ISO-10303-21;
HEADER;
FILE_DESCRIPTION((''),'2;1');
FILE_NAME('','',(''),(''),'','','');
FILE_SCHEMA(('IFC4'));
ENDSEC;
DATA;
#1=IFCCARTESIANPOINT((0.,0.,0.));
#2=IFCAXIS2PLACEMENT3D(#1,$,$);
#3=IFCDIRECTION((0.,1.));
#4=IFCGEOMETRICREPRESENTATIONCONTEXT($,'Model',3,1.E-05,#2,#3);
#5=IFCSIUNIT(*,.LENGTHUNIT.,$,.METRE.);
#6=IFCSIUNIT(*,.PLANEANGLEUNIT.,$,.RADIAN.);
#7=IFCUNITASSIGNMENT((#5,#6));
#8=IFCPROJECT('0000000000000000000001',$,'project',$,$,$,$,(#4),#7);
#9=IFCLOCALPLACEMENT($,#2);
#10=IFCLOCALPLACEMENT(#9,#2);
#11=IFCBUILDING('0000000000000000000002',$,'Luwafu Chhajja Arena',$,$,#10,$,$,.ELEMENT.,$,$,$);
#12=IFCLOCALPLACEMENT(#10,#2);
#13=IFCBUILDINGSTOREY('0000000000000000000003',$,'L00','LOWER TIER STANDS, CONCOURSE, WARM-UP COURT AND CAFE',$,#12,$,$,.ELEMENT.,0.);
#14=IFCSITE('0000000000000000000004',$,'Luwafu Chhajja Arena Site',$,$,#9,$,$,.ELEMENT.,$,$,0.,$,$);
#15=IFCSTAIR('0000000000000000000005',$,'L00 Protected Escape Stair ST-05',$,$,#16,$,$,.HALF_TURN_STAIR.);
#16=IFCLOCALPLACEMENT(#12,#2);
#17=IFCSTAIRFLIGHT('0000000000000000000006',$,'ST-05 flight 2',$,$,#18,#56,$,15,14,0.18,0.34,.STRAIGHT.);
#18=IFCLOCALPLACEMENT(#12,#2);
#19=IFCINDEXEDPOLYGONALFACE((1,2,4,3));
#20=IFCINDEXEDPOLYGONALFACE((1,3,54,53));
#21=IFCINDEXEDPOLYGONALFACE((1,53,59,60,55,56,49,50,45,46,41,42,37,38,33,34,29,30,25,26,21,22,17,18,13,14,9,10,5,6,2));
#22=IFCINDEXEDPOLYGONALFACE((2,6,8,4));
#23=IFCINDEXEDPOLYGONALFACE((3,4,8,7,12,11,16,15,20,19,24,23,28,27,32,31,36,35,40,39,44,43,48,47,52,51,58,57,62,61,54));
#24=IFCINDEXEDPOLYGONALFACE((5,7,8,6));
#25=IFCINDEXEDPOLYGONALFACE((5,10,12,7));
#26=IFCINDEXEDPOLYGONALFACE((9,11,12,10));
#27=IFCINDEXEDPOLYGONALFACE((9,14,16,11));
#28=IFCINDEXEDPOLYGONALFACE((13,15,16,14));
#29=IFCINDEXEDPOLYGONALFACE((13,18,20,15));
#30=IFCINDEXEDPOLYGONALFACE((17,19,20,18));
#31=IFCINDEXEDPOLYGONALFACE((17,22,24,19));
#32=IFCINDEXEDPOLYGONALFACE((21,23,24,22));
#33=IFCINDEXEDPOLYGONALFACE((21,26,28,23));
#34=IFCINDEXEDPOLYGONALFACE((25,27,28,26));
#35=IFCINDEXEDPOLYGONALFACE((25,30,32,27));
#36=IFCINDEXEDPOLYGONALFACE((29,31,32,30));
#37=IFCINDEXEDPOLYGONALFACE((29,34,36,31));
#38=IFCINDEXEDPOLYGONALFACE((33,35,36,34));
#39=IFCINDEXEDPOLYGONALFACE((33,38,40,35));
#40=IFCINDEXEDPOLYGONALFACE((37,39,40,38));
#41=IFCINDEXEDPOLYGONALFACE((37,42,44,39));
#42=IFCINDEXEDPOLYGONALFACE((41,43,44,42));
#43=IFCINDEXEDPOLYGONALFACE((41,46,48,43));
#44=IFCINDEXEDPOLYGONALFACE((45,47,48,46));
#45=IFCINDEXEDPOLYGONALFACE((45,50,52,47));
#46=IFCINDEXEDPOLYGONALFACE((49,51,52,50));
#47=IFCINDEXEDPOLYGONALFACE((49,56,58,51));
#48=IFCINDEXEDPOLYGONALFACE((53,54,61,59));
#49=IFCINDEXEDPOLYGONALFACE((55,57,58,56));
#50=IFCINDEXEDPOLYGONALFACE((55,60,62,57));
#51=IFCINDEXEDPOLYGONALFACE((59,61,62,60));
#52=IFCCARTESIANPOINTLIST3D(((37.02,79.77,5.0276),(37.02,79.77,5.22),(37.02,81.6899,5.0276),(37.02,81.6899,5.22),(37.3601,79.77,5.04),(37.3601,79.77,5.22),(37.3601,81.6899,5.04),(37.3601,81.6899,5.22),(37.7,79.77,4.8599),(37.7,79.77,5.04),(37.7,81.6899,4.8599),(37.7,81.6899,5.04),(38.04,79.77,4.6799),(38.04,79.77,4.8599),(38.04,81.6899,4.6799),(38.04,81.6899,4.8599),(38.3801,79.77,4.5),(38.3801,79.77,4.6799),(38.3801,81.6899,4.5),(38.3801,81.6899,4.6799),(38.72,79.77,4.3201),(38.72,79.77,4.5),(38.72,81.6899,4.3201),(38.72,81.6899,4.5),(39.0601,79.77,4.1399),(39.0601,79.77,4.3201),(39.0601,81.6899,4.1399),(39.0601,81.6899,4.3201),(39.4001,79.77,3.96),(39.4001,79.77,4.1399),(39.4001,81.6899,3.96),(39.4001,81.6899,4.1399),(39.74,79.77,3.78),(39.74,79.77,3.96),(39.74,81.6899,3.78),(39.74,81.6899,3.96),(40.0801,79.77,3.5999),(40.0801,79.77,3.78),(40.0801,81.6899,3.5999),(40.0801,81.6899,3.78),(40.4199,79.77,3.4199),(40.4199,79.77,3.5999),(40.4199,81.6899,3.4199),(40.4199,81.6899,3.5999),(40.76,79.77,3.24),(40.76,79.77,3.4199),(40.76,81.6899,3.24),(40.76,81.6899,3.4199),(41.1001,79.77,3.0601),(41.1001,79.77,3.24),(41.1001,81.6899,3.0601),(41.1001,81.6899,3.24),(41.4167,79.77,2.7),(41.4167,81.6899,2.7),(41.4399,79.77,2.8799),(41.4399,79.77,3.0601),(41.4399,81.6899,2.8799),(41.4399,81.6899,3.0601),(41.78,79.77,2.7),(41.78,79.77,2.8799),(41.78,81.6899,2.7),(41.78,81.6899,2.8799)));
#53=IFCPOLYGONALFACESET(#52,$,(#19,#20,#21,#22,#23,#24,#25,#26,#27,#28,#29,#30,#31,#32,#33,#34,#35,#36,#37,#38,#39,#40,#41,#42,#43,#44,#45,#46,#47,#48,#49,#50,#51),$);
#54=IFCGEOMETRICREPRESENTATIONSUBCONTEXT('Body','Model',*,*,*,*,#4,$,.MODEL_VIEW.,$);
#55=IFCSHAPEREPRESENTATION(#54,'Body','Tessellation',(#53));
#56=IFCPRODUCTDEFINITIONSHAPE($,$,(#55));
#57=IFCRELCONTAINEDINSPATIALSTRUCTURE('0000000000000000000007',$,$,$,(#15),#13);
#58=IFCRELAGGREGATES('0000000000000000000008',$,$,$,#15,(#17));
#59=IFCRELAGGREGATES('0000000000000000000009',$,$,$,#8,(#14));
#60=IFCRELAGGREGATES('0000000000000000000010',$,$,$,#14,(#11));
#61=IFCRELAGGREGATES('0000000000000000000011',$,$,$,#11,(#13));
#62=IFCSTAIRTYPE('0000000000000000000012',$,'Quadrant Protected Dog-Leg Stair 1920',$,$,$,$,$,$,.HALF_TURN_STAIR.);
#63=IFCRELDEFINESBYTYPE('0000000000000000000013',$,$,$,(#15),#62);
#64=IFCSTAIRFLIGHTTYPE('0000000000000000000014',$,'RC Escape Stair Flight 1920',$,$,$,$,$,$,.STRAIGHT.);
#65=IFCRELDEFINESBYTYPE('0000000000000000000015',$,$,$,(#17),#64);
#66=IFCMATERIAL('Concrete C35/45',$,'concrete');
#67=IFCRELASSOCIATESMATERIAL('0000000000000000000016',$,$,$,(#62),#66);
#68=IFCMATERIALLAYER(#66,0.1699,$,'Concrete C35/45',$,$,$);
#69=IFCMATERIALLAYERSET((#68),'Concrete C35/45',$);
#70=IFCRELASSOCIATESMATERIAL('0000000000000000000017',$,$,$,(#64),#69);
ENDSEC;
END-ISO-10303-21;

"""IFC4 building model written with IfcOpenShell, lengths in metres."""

from ifc_helpers import new_model, si_unit, direction, frame, origin, place, context, subcontext, project, spatial, polyline, outline, extrude, material, layer, layer_set, type_object, element, aggregate, save


model = new_model("IFC4")

# Units and contexts
model_context = context("Model", 3, precision=1e-05, world=origin(), true_north=direction((0.0, 1.0)))
body_context = subcontext(model_context, "Body", "Model", "MODEL_VIEW")
ifc_project = project(units=[si_unit("LENGTHUNIT", "METRE"), si_unit("PLANEANGLEUNIT", "RADIAN")], contexts=[model_context])

# Site, building, storey
site_placement = place(None, origin())
site = spatial("IfcSite", under=ifc_project, at=site_placement, Name="Luwafu Chhajja Arena Site", CompositionType="ELEMENT", RefElevation=0.0)
building_placement = place(site_placement, origin())
building = spatial("IfcBuilding", under=site, at=building_placement, Name="Luwafu Chhajja Arena", CompositionType="ELEMENT")
storey_placement = place(building_placement, origin())
storey = spatial("IfcBuildingStorey", under=building, at=storey_placement, Name="L00", Description="LOWER TIER STANDS, CONCOURSE, WARM-UP COURT AND CAFE", CompositionType="ELEMENT", Elevation=0.0)

# Stair, stair flight
ifc_material_1 = material(Name="Concrete C35/45", Category="concrete")
stair_type = type_object("IfcStairType", Name="Quadrant Protected Dog-Leg Stair 1920", PredefinedType="HALF_TURN_STAIR", material=ifc_material_1)
stair_placement = place(storey_placement, origin())
stair = element("IfcStair", 1, at=stair_placement, inside=storey, type_object=stair_type, Name="L00 Protected Escape Stair ST-05", PredefinedType="HALF_TURN_STAIR")
ifc_layer_1 = layer(ifc_material_1, 0.1699, Name="Concrete C35/45")
ifc_layer_set_1 = layer_set([ifc_layer_1], Name="Concrete C35/45")
stair_flight_type = type_object("IfcStairFlightType", Name="RC Escape Stair Flight 1920", PredefinedType="STRAIGHT", material=ifc_layer_set_1)
stair_flight_1_placement = place(storey_placement, frame((41.78, 80.73, 2.7), z_axis=(0.0, 0.0, 1.0), x_axis=(-1.0, 0.0, 0.0)))
stair_flight_1 = element("IfcStairFlight", 2, at=stair_flight_1_placement, type_object=stair_flight_type, Name="ST-05 flight 2", NumberOfRisers=15, NumberOfTreads=14, PredefinedType="STRAIGHT", RiserHeight=0.18, TreadLength=0.34, context=body_context, shape_type="SweptSolid", body=[
    extrude(outline(polyline([(0.0, 0.0), (0.0, 0.1799), (0.3401, 0.1799), (0.3401, 0.3601), (0.6799, 0.3601), (0.6799, 0.54), (1.02, 0.54), (1.02, 0.72), (1.3601, 0.72), (1.3601, 0.8999), (1.7, 0.8999), (1.7, 1.0801), (2.04, 1.0801), (2.04, 1.26), (2.3799, 1.26), (2.3799, 1.4399), (2.72, 1.4399), (2.72, 1.6201), (3.0601, 1.6201), (3.0601, 1.8), (3.3999, 1.8), (3.3999, 1.98), (3.74, 1.98), (3.74, 2.1599), (4.0801, 2.1599), (4.0801, 2.3401), (4.4199, 2.3401), (4.4199, 2.52), (4.76, 2.52), (4.76, 2.7), (4.76, 2.3276), (0.3633, 0.0), (0.0, 0.0)])), frame((0.0, 0.96, 0.0), z_axis=(0.0, -1.0, 0.0), x_axis=(1.0, 0.0, 0.0)), (0.0, 0.0, 1.0), 1.9199),
])
aggregate(stair, [stair_flight_1])

save(model, "model.ifc")
